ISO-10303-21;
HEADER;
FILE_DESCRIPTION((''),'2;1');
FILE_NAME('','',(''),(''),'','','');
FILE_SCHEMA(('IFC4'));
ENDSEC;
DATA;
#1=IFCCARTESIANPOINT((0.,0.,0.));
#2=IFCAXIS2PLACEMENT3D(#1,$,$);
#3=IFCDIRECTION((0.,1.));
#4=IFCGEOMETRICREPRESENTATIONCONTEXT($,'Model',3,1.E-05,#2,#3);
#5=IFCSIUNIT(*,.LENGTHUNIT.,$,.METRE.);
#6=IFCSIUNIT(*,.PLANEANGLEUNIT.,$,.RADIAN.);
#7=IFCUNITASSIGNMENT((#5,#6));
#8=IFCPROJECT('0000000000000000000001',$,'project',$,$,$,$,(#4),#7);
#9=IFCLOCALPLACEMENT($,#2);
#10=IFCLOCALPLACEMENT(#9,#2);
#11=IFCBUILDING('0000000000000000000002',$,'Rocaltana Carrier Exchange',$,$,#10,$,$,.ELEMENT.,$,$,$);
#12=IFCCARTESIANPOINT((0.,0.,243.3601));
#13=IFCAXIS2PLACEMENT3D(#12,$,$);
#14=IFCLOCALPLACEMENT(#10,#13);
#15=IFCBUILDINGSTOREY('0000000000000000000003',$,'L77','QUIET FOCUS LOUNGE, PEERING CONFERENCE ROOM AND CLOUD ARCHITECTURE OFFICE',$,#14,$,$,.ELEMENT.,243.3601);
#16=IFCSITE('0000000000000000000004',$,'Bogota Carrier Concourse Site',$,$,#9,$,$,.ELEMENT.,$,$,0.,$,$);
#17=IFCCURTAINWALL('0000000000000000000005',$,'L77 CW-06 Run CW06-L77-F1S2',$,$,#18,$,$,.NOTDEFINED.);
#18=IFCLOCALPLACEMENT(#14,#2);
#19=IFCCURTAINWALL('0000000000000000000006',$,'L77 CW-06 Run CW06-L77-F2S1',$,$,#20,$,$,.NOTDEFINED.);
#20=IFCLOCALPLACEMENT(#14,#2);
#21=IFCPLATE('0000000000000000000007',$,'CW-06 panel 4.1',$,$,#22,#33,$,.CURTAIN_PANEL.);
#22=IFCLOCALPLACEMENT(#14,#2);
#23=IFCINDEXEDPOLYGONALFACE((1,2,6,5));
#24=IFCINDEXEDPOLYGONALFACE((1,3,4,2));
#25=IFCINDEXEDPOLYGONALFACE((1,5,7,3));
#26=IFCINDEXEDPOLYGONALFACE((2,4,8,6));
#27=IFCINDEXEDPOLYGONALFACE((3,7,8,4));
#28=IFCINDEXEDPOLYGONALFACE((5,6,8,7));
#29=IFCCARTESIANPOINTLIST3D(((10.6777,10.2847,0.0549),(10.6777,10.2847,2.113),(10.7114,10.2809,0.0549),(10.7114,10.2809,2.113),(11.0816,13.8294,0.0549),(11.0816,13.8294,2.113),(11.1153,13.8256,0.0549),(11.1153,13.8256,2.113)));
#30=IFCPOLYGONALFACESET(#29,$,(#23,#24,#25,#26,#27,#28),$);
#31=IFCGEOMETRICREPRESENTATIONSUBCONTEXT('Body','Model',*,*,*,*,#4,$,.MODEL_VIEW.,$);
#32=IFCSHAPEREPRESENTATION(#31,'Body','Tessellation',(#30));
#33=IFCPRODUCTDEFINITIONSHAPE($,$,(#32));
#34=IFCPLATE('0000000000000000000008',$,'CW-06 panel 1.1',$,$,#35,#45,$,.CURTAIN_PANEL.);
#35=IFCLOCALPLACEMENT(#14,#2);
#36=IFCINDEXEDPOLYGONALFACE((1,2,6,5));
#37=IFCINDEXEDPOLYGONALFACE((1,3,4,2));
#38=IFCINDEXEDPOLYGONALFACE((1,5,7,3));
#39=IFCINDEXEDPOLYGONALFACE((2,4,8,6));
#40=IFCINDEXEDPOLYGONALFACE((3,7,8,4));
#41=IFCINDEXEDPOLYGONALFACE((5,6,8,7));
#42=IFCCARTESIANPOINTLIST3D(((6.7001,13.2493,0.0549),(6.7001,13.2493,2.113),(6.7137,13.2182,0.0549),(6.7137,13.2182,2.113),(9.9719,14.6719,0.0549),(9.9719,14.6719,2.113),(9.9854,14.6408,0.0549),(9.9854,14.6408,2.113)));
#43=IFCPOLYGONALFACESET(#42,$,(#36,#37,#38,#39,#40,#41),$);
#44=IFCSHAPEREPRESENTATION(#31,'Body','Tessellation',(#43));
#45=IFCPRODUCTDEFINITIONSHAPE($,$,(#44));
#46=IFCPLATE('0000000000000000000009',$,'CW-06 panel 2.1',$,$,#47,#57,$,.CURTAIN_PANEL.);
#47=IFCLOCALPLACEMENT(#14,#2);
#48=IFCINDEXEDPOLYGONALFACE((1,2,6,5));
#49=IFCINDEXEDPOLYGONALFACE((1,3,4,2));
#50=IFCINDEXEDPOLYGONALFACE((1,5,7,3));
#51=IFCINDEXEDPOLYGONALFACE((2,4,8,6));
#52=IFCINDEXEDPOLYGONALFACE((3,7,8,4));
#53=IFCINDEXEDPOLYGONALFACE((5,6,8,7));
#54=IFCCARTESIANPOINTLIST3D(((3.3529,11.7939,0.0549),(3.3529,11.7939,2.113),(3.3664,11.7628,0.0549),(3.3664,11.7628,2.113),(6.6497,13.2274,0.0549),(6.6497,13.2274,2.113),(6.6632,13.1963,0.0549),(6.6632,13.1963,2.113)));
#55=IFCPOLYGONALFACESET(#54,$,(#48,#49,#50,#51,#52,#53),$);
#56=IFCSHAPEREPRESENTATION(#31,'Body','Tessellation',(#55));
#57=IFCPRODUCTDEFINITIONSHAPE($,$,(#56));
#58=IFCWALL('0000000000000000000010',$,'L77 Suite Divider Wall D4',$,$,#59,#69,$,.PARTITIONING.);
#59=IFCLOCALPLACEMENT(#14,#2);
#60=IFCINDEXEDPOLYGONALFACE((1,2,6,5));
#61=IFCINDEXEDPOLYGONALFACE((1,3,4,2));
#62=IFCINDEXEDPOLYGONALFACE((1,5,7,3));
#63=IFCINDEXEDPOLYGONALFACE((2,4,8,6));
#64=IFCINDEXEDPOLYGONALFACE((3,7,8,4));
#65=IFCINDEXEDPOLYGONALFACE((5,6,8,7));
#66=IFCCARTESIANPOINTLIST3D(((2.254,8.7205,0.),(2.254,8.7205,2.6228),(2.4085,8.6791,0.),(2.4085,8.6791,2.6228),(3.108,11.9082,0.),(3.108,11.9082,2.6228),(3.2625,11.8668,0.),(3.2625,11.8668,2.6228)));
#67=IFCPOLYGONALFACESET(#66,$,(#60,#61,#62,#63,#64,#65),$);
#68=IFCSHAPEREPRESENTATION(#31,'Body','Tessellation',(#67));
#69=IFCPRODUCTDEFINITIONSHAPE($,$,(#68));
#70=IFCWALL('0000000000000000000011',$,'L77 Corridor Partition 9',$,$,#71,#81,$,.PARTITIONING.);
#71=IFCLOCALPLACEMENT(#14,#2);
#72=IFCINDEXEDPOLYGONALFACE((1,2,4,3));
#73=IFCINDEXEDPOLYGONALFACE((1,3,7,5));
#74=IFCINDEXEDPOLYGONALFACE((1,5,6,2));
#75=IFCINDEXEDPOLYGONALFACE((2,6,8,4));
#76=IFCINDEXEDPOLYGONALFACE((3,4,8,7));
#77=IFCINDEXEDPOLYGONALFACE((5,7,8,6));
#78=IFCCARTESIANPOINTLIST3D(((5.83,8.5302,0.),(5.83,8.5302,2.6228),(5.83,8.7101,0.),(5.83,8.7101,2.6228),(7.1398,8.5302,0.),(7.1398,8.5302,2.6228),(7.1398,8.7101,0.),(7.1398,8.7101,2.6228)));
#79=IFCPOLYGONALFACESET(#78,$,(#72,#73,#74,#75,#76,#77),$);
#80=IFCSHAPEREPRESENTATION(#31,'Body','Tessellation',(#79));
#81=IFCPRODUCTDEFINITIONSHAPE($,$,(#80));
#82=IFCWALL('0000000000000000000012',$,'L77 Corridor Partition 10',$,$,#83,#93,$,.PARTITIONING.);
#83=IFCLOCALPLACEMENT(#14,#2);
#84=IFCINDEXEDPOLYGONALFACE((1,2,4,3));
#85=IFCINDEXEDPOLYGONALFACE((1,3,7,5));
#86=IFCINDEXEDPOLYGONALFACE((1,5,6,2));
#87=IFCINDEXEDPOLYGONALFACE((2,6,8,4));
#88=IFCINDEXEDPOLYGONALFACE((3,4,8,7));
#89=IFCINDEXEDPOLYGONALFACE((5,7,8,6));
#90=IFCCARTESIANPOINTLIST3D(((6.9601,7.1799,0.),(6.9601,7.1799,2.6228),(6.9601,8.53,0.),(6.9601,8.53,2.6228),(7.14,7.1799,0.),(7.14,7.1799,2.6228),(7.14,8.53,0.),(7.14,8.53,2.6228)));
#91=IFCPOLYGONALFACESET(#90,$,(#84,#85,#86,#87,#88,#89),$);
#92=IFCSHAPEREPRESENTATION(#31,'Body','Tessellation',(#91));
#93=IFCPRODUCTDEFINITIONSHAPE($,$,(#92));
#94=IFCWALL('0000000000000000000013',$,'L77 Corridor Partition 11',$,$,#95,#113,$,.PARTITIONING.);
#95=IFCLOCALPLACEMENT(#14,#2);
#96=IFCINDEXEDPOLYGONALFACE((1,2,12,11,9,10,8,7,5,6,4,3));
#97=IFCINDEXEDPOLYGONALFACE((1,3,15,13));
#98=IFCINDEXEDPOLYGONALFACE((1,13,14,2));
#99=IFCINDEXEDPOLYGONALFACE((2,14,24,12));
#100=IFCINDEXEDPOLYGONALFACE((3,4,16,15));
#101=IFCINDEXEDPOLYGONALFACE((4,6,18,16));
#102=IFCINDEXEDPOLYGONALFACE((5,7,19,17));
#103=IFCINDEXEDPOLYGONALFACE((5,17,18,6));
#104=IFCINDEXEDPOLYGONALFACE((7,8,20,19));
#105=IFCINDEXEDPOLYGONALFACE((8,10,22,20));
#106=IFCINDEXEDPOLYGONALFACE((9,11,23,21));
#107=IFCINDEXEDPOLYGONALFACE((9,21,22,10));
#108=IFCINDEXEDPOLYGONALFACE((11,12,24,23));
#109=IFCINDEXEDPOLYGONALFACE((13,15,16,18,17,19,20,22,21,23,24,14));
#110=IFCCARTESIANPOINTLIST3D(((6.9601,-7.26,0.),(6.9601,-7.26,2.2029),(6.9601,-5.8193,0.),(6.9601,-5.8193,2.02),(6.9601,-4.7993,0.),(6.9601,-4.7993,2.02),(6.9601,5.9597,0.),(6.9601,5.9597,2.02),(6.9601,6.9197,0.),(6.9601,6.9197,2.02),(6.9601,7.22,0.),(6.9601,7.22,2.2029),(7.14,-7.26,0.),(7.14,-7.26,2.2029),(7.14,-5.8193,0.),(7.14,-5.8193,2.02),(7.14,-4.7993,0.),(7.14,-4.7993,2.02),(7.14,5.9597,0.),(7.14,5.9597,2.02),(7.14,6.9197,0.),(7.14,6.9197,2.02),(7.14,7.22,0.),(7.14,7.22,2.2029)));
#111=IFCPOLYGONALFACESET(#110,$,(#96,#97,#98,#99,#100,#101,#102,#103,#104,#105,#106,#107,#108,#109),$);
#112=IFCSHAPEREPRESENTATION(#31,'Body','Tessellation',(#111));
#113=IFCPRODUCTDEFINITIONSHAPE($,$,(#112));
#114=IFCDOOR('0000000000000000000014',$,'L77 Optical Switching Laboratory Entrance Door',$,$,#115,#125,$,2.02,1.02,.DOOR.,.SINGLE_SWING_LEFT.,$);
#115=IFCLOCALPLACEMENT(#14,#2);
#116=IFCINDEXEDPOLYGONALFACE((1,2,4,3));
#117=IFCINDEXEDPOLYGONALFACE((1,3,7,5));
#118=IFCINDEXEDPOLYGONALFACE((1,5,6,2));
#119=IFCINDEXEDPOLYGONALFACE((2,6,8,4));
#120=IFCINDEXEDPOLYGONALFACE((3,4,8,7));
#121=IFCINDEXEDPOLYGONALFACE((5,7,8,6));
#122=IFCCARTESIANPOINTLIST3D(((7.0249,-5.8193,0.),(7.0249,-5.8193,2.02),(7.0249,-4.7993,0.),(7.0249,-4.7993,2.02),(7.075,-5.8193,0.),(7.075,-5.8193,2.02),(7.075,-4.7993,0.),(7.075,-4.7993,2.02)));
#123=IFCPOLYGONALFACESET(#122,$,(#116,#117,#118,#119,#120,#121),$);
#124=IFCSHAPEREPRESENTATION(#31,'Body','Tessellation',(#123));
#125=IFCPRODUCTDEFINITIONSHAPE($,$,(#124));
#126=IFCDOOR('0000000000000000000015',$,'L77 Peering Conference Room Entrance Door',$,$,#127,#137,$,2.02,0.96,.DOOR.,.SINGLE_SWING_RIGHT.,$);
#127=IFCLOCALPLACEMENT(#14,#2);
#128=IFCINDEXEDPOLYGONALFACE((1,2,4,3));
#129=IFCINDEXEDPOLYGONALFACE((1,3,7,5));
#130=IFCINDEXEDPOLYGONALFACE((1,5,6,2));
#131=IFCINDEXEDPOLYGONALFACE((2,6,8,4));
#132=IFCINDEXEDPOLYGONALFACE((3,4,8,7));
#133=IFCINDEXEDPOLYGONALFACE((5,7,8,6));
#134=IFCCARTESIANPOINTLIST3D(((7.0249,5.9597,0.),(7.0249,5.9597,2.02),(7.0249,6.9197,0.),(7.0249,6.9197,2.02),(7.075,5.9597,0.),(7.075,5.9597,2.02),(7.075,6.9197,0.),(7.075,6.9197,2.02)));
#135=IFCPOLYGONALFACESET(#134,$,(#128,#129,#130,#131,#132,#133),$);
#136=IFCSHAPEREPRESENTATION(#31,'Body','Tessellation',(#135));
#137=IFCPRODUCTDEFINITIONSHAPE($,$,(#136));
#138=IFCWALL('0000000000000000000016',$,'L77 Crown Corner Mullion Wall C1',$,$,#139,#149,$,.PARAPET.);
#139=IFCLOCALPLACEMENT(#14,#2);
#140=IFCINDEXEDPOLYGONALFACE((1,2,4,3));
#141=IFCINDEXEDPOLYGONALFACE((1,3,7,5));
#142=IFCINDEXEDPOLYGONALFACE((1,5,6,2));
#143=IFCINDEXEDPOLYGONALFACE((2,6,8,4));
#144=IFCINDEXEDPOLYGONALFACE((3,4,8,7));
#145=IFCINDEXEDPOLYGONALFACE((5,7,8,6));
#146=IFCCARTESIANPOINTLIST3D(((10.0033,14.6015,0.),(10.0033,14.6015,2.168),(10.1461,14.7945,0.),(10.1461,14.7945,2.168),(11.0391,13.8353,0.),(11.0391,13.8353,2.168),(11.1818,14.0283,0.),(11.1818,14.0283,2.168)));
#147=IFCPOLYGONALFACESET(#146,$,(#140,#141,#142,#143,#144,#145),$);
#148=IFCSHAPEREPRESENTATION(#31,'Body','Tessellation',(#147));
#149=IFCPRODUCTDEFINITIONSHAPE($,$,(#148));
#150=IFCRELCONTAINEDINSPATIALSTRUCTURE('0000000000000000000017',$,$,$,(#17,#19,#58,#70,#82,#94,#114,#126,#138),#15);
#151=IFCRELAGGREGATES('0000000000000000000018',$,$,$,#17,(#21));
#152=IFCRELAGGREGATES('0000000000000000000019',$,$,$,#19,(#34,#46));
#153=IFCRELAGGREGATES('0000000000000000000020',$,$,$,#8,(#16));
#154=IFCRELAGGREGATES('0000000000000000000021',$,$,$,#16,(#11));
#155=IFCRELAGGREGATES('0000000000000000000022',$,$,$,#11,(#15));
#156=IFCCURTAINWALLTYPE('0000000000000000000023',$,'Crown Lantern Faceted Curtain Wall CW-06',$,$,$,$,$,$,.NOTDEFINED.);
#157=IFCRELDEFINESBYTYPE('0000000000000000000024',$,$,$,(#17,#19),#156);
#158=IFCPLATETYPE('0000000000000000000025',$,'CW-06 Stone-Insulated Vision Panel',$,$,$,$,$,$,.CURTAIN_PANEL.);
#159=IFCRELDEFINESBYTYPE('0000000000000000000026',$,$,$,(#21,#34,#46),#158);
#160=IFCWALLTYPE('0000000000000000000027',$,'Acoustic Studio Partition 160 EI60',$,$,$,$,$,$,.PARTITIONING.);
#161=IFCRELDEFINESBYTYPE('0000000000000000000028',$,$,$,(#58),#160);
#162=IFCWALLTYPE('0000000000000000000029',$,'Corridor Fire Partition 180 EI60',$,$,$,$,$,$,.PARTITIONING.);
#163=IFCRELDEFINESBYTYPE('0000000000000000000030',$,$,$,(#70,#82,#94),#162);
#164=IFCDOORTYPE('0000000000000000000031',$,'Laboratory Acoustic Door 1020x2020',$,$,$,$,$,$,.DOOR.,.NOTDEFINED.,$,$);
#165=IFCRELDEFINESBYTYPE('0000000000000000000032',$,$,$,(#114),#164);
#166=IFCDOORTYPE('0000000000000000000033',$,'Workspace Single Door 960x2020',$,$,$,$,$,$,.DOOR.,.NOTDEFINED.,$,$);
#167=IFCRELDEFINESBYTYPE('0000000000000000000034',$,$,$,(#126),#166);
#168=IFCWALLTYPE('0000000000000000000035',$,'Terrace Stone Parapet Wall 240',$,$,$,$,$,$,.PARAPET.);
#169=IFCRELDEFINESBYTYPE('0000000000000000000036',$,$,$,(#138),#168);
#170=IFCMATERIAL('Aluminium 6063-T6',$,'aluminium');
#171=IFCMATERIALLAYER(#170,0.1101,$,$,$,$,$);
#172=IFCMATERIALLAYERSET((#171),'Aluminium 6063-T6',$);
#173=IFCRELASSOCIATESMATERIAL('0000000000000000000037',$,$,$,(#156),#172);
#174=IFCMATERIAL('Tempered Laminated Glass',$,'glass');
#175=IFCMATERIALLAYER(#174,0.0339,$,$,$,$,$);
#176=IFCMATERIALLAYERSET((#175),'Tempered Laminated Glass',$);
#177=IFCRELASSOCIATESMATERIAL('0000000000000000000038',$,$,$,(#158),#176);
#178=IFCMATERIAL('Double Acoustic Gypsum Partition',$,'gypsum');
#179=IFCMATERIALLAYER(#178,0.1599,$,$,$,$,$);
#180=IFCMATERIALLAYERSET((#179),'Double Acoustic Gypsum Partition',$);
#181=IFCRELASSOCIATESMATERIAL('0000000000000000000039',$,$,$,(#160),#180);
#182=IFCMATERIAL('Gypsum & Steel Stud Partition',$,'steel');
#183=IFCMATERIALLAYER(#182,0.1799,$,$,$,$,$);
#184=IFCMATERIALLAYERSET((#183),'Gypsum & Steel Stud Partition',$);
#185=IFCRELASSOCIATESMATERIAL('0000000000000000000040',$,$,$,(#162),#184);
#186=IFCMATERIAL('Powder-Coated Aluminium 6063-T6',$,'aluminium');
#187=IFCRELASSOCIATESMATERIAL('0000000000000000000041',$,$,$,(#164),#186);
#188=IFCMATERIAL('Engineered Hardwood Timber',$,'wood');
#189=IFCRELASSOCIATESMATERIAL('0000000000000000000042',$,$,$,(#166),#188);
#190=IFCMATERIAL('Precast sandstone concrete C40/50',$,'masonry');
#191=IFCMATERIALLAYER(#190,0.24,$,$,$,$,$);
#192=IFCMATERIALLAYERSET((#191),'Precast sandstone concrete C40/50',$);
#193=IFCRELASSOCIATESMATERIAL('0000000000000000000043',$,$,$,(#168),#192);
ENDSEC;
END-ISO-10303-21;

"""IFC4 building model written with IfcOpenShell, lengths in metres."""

from ifc_helpers import new_model, si_unit, direction, frame, frame_2d, origin, origin_2d, place, context, subcontext, project, spatial, rectangle, extrude, material, layer, layer_set, type_object, element, fill, aggregate, save


model = new_model("IFC4")

# Units and contexts
model_context = context("Model", 3, precision=1e-05, world=origin(), true_north=direction((0.0, 1.0)))
body_context = subcontext(model_context, "Body", "Model", "MODEL_VIEW")
ifc_project = project(units=[si_unit("LENGTHUNIT", "METRE"), si_unit("PLANEANGLEUNIT", "RADIAN")], contexts=[model_context])

# Site, building, storey
site_placement = place(None, origin())
site = spatial("IfcSite", under=ifc_project, at=site_placement, Name="Bogota Carrier Concourse Site", CompositionType="ELEMENT", RefElevation=0.0)
building_placement = place(site_placement, origin())
building = spatial("IfcBuilding", under=site, at=building_placement, Name="Rocaltana Carrier Exchange", CompositionType="ELEMENT")
storey_placement = place(building_placement, frame((0.0, 0.0, 243.3601)))
storey = spatial("IfcBuildingStorey", under=building, at=storey_placement, Name="L77", Description="QUIET FOCUS LOUNGE, PEERING CONFERENCE ROOM AND CLOUD ARCHITECTURE OFFICE", CompositionType="ELEMENT", Elevation=243.3601)

# Curtain walls
ifc_material_1 = material(Name="Aluminium 6063-T6", Category="aluminium")
ifc_layer_1 = layer(ifc_material_1, 0.1101)
ifc_layer_set_1 = layer_set([ifc_layer_1], Name="Aluminium 6063-T6")
curtain_wall_type = type_object("IfcCurtainWallType", Name="Crown Lantern Faceted Curtain Wall CW-06", PredefinedType="NOTDEFINED", material=ifc_layer_set_1)
curtain_wall_1_placement = place(storey_placement, origin())
curtain_wall_1 = element("IfcCurtainWall", 1, at=curtain_wall_1_placement, inside=storey, type_object=curtain_wall_type, Name="L77 CW-06 Run CW06-L77-F1S2", PredefinedType="NOTDEFINED")
curtain_wall_2_placement = place(storey_placement, origin())
curtain_wall_2 = element("IfcCurtainWall", 2, at=curtain_wall_2_placement, inside=storey, type_object=curtain_wall_type, Name="L77 CW-06 Run CW06-L77-F2S1", PredefinedType="NOTDEFINED")

# Plates
ifc_material_2 = material(Name="Tempered Laminated Glass", Category="glass")
ifc_layer_2 = layer(ifc_material_2, 0.0339)
ifc_layer_set_2 = layer_set([ifc_layer_2], Name="Tempered Laminated Glass")
plate_type = type_object("IfcPlateType", Name="CW-06 Stone-Insulated Vision Panel", PredefinedType="CURTAIN_PANEL", material=ifc_layer_set_2)
plate_1_placement = place(storey_placement, frame((10.8965, 12.0552, 0.0549), z_axis=(0.0, 0.0, 1.0), x_axis=(0.113198, 0.993572, 0.0)))
plate_1 = element("IfcPlate", 3, at=plate_1_placement, type_object=plate_type, Name="CW-06 panel 4.1", PredefinedType="CURTAIN_PANEL", context=body_context, shape_type="SweptSolid", body=[
    extrude(rectangle(XDim=3.5676, YDim=0.0339, at=origin_2d()), origin(), (0.0, 0.0, 1.0), 2.0581),
])
aggregate(curtain_wall_1, [plate_1])
plate_2_placement = place(storey_placement, frame((8.3428, 13.9451, 0.0549), z_axis=(0.0, 0.0, 1.0), x_axis=(-0.917059, -0.398752, 0.0)))
plate_2 = element("IfcPlate", 4, at=plate_2_placement, type_object=plate_type, Name="CW-06 panel 1.1", PredefinedType="CURTAIN_PANEL", context=body_context, shape_type="SweptSolid", body=[
    extrude(rectangle(XDim=3.5676, YDim=0.0339, at=origin_2d()), origin(), (0.0, 0.0, 1.0), 2.0581),
])
plate_3_placement = place(storey_placement, frame((5.0081, 12.4951, 0.0549), z_axis=(0.0, 0.0, 1.0), x_axis=(-0.917059, -0.398752, 0.0)))
plate_3 = element("IfcPlate", 5, at=plate_3_placement, type_object=plate_type, Name="CW-06 panel 2.1", PredefinedType="CURTAIN_PANEL", context=body_context, shape_type="SweptSolid", body=[
    extrude(rectangle(XDim=3.595, YDim=0.0339, at=origin_2d()), origin(), (0.0, 0.0, 1.0), 2.0581),
])
aggregate(curtain_wall_2, [plate_2, plate_3])

# Walls
ifc_material_3 = material(Name="Double Acoustic Gypsum Partition", Category="gypsum")
ifc_layer_3 = layer(ifc_material_3, 0.1599)
ifc_layer_set_3 = layer_set([ifc_layer_3], Name="Double Acoustic Gypsum Partition")
wall_type_1 = type_object("IfcWallType", Name="Acoustic Studio Partition 160 EI60", PredefinedType="PARTITIONING", material=ifc_layer_set_3)
wall_1_placement = place(storey_placement, frame((2.3313, 8.7, 0.0), z_axis=(0.0, 0.0, 1.0), x_axis=(0.258777, 0.965937, 0.0)))
element("IfcWall", 6, at=wall_1_placement, inside=storey, type_object=wall_type_1, Name="L77 Suite Divider Wall D4", PredefinedType="PARTITIONING", context=body_context, shape_type="SweptSolid", body=[
    extrude(rectangle(XDim=3.3, YDim=0.1599, at=frame_2d((1.6499, 0.0))), origin(), (0.0, 0.0, 1.0), 2.6228),
])
ifc_material_4 = material(Name="Gypsum & Steel Stud Partition", Category="steel")
ifc_layer_4 = layer(ifc_material_4, 0.1799)
ifc_layer_set_4 = layer_set([ifc_layer_4], Name="Gypsum & Steel Stud Partition")
wall_type_2 = type_object("IfcWallType", Name="Corridor Fire Partition 180 EI60", PredefinedType="PARTITIONING", material=ifc_layer_set_4)
wall_2_placement = place(storey_placement, frame((5.8301, 8.6201, 0.0), z_axis=(0.0, 0.0, 1.0), x_axis=(1.0, 0.0, 0.0)))
element("IfcWall", 7, at=wall_2_placement, inside=storey, type_object=wall_type_2, Name="L77 Corridor Partition 9", PredefinedType="PARTITIONING", context=body_context, shape_type="SweptSolid", body=[
    extrude(rectangle(XDim=1.3098, YDim=0.1799, at=frame_2d((0.6548, 0.0))), origin(), (0.0, 0.0, 1.0), 2.6228),
])
wall_3_placement = place(storey_placement, frame((7.05, 8.53, 0.0), z_axis=(0.0, 0.0, 1.0), x_axis=(0.0, -1.0, 0.0)))
element("IfcWall", 8, at=wall_3_placement, inside=storey, type_object=wall_type_2, Name="L77 Corridor Partition 10", PredefinedType="PARTITIONING", context=body_context, shape_type="SweptSolid", body=[
    extrude(rectangle(XDim=1.3501, YDim=0.1799, at=frame_2d((0.675, 0.0))), origin(), (0.0, 0.0, 1.0), 2.6228),
])

# Wall, openings, doors
wall_4_placement = place(storey_placement, frame((7.05, 7.22, 0.0), z_axis=(0.0, 0.0, 1.0), x_axis=(0.0, -1.0, 0.0)))
wall_4 = element("IfcWall", 9, at=wall_4_placement, inside=storey, type_object=wall_type_2, Name="L77 Corridor Partition 11", PredefinedType="PARTITIONING", context=body_context, shape_type="SweptSolid", body=[
    extrude(rectangle(XDim=14.48, YDim=0.1799, at=frame_2d((7.24, 0.0))), origin(), (0.0, 0.0, 1.0), 2.2029),
])
opening_1_placement = place(wall_4_placement, frame((12.0193, 0.0, 0.0)))
opening_1 = element("IfcOpeningElement", 10, at=opening_1_placement, cuts=wall_4, PredefinedType="OPENING", context=body_context, shape_type="SweptSolid", body=[
    extrude(rectangle(XDim=1.02, YDim=2.02, at=frame_2d((0.51, 1.01))), frame((0.0, 0.0999, 0.0), z_axis=(0.0, -1.0, 0.0), x_axis=(1.0, 0.0, 0.0)), (0.0, 0.0, 1.0), 0.2),
])
opening_2_placement = place(wall_4_placement, frame((0.3003, 0.0, 0.0)))
opening_2 = element("IfcOpeningElement", 11, at=opening_2_placement, cuts=wall_4, PredefinedType="OPENING", context=body_context, shape_type="SweptSolid", body=[
    extrude(rectangle(XDim=0.96, YDim=2.02, at=frame_2d((0.48, 1.01))), frame((0.0, 0.0999, 0.0), z_axis=(0.0, -1.0, 0.0), x_axis=(1.0, 0.0, 0.0)), (0.0, 0.0, 1.0), 0.2),
])
ifc_material_5 = material(Name="Powder-Coated Aluminium 6063-T6", Category="aluminium")
door_type_1 = type_object("IfcDoorType", Name="Laboratory Acoustic Door 1020x2020", OperationType="NOTDEFINED", PredefinedType="DOOR", material=ifc_material_5)
door_1_placement = place(opening_1_placement, origin())
door_1 = element("IfcDoor", 12, at=door_1_placement, inside=storey, type_object=door_type_1, Name="L77 Optical Switching Laboratory Entrance Door", OperationType="SINGLE_SWING_LEFT", OverallHeight=2.02, OverallWidth=1.02, PredefinedType="DOOR", context=body_context, shape_type="SweptSolid", body=[
    extrude(rectangle(XDim=1.02, YDim=2.02, at=frame_2d((0.51, 1.01))), frame((0.0, 0.0249, 0.0), z_axis=(0.0, -1.0, 0.0), x_axis=(1.0, 0.0, 0.0)), (0.0, 0.0, 1.0), 0.05),
])
fill(opening_1, door_1)
ifc_material_6 = material(Name="Engineered Hardwood Timber", Category="wood")
door_type_2 = type_object("IfcDoorType", Name="Workspace Single Door 960x2020", OperationType="NOTDEFINED", PredefinedType="DOOR", material=ifc_material_6)
door_2_placement = place(opening_2_placement, origin())
door_2 = element("IfcDoor", 13, at=door_2_placement, inside=storey, type_object=door_type_2, Name="L77 Peering Conference Room Entrance Door", OperationType="SINGLE_SWING_RIGHT", OverallHeight=2.02, OverallWidth=0.96, PredefinedType="DOOR", context=body_context, shape_type="SweptSolid", body=[
    extrude(rectangle(XDim=0.96, YDim=2.02, at=frame_2d((0.48, 1.01))), frame((0.0, 0.0249, 0.0), z_axis=(0.0, -1.0, 0.0), x_axis=(1.0, 0.0, 0.0)), (0.0, 0.0, 1.0), 0.05),
])
fill(opening_2, door_2)

# Wall
ifc_material_7 = material(Name="Precast sandstone concrete C40/50", Category="masonry")
ifc_layer_5 = layer(ifc_material_7, 0.24)
ifc_layer_set_5 = layer_set([ifc_layer_5], Name="Precast sandstone concrete C40/50")
wall_type_3 = type_object("IfcWallType", Name="Terrace Stone Parapet Wall 240", PredefinedType="PARAPET", material=ifc_layer_set_5)
wall_5_placement = place(storey_placement, frame((11.1104, 13.9319, 0.0), z_axis=(0.0, 0.0, 1.0), x_axis=(-0.80394, 0.594711, 0.0)))
element("IfcWall", 14, at=wall_5_placement, inside=storey, type_object=wall_type_3, Name="L77 Crown Corner Mullion Wall C1", PredefinedType="PARAPET", context=body_context, shape_type="SweptSolid", body=[
    extrude(rectangle(XDim=1.2883, YDim=0.24, at=frame_2d((0.644, 0.0))), origin(), (0.0, 0.0, 1.0), 2.168),
])

save(model, "model.ifc")
